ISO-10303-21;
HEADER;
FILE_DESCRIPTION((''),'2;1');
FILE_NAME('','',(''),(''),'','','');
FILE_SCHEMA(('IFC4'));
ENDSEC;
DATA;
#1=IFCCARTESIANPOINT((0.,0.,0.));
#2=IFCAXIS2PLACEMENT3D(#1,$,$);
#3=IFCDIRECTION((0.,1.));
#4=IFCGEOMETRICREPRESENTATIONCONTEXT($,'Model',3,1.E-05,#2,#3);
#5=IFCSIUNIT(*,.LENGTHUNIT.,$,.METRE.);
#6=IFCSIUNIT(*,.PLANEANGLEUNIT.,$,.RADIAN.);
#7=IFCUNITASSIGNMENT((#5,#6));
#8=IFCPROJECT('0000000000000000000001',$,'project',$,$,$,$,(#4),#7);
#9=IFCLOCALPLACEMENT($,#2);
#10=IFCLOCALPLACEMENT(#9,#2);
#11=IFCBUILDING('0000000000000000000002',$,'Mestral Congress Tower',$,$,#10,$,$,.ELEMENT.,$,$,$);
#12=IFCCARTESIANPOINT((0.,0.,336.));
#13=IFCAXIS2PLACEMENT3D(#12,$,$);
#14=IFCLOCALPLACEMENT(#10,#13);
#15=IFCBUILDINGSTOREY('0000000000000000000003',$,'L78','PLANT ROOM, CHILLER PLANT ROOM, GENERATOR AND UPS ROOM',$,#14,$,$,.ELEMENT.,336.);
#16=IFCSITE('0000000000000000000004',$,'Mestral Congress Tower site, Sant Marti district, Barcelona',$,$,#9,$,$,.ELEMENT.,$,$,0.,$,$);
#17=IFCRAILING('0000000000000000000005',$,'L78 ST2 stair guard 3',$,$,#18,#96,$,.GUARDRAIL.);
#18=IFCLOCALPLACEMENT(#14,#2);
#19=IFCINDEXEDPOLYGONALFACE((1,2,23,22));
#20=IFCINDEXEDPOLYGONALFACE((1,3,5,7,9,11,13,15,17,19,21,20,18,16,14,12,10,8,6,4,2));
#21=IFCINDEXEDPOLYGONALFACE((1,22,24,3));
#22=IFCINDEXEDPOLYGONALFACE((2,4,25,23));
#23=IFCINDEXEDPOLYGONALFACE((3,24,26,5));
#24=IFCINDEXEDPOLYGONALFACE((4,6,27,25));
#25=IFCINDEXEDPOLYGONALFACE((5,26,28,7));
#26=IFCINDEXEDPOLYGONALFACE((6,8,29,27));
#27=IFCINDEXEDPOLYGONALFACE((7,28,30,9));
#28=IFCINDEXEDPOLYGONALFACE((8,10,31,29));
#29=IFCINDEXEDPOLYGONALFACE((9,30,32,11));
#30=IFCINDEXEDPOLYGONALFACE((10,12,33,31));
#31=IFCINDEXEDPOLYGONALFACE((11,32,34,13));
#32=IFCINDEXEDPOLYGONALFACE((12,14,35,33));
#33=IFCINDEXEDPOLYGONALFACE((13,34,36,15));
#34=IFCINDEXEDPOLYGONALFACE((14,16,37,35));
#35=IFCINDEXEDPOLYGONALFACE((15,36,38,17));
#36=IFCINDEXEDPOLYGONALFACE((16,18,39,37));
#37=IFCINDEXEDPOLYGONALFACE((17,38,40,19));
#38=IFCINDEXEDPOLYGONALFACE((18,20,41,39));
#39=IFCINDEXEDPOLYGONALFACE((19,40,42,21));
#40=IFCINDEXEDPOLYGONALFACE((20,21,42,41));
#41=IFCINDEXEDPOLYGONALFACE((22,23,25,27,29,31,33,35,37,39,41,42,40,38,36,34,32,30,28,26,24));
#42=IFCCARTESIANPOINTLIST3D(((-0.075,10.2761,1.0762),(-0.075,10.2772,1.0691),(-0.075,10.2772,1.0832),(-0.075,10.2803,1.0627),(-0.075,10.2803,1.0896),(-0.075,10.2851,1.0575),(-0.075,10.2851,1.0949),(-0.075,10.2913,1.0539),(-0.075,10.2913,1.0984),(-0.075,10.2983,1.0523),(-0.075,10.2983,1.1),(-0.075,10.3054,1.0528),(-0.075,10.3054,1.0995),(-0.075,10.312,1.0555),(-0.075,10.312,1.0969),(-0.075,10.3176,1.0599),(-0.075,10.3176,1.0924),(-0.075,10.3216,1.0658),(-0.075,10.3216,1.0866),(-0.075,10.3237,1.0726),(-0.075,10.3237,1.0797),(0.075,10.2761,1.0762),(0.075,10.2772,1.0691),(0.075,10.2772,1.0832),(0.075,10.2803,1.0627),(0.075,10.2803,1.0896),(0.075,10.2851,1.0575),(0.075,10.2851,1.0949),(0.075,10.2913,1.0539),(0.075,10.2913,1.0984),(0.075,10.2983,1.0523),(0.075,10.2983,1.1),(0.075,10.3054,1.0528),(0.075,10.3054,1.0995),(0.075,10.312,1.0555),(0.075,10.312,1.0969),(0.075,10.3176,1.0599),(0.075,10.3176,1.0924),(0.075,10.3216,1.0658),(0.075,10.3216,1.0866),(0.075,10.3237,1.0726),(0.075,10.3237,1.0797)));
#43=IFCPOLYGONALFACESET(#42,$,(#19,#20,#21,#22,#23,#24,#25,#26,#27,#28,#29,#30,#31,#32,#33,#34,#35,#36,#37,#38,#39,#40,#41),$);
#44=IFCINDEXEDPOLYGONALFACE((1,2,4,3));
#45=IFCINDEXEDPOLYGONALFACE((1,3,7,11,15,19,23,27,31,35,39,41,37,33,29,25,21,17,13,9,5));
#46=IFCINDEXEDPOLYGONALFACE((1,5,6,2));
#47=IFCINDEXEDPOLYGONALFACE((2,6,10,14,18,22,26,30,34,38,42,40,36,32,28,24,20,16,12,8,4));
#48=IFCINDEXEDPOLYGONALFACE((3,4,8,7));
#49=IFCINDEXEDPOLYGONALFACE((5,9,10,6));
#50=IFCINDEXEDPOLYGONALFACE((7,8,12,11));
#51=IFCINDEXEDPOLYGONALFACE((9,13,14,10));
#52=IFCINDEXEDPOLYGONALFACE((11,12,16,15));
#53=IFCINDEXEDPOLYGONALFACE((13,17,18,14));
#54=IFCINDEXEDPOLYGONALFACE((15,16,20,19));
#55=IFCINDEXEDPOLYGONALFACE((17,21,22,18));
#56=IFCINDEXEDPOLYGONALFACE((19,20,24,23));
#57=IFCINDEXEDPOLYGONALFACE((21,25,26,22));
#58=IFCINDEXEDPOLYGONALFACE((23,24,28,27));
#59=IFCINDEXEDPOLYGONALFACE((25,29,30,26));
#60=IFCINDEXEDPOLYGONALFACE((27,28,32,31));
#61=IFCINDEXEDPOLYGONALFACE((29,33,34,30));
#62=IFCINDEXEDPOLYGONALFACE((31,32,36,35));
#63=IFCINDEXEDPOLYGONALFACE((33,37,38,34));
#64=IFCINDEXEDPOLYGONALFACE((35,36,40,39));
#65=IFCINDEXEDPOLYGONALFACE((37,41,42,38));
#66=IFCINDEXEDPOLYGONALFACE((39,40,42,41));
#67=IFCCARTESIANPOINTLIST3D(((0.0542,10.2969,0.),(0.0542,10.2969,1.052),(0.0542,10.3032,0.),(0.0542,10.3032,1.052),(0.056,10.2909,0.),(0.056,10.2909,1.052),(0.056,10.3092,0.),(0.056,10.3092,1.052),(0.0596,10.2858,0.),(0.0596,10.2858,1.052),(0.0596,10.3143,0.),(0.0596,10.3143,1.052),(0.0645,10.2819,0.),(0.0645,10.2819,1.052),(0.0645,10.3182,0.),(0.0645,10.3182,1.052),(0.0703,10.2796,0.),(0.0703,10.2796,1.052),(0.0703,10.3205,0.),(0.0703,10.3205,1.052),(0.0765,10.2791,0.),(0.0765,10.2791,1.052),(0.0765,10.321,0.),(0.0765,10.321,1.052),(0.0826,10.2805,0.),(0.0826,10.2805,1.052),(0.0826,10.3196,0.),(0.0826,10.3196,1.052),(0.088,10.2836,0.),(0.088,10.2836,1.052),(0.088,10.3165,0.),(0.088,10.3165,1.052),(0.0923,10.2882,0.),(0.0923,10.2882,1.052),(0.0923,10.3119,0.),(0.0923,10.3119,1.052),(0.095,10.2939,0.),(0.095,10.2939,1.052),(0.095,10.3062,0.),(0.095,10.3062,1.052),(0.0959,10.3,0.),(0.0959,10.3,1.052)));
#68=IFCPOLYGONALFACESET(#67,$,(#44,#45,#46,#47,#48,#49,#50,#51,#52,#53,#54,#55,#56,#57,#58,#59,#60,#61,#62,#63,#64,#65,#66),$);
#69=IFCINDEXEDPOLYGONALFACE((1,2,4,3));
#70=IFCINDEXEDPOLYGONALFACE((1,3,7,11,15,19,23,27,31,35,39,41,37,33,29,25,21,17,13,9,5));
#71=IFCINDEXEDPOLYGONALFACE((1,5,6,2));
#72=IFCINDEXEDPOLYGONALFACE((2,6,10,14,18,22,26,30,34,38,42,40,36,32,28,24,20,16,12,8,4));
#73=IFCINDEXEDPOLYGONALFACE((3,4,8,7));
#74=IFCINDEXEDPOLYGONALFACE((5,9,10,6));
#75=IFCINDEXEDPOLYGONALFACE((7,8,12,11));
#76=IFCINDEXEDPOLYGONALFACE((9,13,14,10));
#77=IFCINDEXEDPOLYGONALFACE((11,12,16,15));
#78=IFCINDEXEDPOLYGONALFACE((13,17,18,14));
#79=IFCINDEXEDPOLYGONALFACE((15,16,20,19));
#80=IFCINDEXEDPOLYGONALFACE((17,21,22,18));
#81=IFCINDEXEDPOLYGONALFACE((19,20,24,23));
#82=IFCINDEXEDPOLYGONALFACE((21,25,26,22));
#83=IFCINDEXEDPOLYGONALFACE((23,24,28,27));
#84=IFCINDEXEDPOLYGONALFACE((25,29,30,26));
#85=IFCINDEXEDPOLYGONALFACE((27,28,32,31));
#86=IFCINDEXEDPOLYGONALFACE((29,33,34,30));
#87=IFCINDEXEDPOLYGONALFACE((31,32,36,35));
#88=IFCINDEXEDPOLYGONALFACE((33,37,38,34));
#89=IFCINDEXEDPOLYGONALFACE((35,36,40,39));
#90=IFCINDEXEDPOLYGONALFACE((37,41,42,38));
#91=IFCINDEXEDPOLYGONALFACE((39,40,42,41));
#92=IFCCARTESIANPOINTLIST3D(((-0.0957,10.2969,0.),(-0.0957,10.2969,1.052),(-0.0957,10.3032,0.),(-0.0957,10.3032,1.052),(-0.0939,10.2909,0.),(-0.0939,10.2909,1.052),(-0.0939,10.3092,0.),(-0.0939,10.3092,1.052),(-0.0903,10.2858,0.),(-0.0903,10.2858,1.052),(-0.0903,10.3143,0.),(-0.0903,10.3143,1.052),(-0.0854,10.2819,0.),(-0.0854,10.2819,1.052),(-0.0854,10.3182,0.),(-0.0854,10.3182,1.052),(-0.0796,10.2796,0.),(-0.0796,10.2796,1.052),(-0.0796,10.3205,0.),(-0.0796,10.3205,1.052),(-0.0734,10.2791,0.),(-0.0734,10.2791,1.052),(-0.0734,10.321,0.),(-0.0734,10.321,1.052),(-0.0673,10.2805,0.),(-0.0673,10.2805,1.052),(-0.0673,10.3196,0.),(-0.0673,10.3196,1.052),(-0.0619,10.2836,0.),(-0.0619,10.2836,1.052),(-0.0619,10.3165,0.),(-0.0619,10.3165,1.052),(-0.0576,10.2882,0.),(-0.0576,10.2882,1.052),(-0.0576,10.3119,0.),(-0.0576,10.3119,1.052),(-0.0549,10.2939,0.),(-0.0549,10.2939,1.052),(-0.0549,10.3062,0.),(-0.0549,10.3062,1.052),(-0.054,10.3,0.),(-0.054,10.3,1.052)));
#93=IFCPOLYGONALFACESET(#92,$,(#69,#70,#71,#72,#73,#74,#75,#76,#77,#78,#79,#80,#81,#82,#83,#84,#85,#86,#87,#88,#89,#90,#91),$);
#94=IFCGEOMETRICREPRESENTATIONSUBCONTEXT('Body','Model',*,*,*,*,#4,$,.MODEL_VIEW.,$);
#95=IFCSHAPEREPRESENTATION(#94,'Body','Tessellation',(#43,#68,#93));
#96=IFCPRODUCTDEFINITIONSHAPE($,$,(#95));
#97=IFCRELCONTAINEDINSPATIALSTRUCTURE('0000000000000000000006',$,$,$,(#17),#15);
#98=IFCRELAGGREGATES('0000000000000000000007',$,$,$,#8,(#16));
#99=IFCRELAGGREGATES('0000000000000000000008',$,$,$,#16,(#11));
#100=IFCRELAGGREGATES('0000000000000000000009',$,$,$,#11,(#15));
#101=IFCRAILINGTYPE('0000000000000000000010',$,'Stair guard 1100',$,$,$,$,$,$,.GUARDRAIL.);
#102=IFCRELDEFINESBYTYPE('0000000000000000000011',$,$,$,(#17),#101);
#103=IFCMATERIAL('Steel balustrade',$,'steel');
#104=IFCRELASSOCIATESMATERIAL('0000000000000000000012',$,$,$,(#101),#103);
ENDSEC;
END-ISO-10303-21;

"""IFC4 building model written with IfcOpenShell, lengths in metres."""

from ifc_helpers import new_model, si_unit, direction, frame, origin, origin_2d, place, context, subcontext, project, spatial, circle, extrude, material, type_object, element, save


model = new_model("IFC4")

# Units and contexts
model_context = context("Model", 3, precision=1e-05, world=origin(), true_north=direction((0.0, 1.0)))
body_context = subcontext(model_context, "Body", "Model", "MODEL_VIEW")
ifc_project = project(units=[si_unit("LENGTHUNIT", "METRE"), si_unit("PLANEANGLEUNIT", "RADIAN")], contexts=[model_context])

# Site, building, storey
site_placement = place(None, origin())
site = spatial("IfcSite", under=ifc_project, at=site_placement, Name="Mestral Congress Tower site, Sant Marti district, Barcelona", CompositionType="ELEMENT", RefElevation=0.0)
building_placement = place(site_placement, origin())
building = spatial("IfcBuilding", under=site, at=building_placement, Name="Mestral Congress Tower", CompositionType="ELEMENT")
storey_placement = place(building_placement, frame((0.0, 0.0, 336.0)))
storey = spatial("IfcBuildingStorey", under=building, at=storey_placement, Name="L78", Description="PLANT ROOM, CHILLER PLANT ROOM, GENERATOR AND UPS ROOM", CompositionType="ELEMENT", Elevation=336.0)

# Railing
ifc_material_1 = material(Name="Steel balustrade", Category="steel")
railing_type_1 = type_object("IfcRailingType", Name="Stair guard 1100", PredefinedType="GUARDRAIL", material=ifc_material_1)
railing_1_placement = place(storey_placement, frame((0.075, 10.3, 0.0)))
element("IfcRailing", 1, at=railing_1_placement, inside=storey, type_object=railing_type_1, Name="L78 ST2 stair guard 3", PredefinedType="GUARDRAIL", context=body_context, shape_type="SweptSolid", body=[
    extrude(circle(Radius=0.0239, at=origin_2d()), frame((0.0, 0.0, 1.0762), z_axis=(-1.0, 0.0, 0.0), x_axis=(0.0, -1.0, 0.0)), (0.0, 0.0, 1.0), 0.1499),
    extrude(circle(Radius=0.021, at=origin_2d()), origin(), (0.0, 0.0, 1.0), 1.052),
    extrude(circle(Radius=0.021, at=origin_2d()), frame((-0.1499, 0.0, 0.0)), (0.0, 0.0, 1.0), 1.052),
])

save(model, "model.ifc")
